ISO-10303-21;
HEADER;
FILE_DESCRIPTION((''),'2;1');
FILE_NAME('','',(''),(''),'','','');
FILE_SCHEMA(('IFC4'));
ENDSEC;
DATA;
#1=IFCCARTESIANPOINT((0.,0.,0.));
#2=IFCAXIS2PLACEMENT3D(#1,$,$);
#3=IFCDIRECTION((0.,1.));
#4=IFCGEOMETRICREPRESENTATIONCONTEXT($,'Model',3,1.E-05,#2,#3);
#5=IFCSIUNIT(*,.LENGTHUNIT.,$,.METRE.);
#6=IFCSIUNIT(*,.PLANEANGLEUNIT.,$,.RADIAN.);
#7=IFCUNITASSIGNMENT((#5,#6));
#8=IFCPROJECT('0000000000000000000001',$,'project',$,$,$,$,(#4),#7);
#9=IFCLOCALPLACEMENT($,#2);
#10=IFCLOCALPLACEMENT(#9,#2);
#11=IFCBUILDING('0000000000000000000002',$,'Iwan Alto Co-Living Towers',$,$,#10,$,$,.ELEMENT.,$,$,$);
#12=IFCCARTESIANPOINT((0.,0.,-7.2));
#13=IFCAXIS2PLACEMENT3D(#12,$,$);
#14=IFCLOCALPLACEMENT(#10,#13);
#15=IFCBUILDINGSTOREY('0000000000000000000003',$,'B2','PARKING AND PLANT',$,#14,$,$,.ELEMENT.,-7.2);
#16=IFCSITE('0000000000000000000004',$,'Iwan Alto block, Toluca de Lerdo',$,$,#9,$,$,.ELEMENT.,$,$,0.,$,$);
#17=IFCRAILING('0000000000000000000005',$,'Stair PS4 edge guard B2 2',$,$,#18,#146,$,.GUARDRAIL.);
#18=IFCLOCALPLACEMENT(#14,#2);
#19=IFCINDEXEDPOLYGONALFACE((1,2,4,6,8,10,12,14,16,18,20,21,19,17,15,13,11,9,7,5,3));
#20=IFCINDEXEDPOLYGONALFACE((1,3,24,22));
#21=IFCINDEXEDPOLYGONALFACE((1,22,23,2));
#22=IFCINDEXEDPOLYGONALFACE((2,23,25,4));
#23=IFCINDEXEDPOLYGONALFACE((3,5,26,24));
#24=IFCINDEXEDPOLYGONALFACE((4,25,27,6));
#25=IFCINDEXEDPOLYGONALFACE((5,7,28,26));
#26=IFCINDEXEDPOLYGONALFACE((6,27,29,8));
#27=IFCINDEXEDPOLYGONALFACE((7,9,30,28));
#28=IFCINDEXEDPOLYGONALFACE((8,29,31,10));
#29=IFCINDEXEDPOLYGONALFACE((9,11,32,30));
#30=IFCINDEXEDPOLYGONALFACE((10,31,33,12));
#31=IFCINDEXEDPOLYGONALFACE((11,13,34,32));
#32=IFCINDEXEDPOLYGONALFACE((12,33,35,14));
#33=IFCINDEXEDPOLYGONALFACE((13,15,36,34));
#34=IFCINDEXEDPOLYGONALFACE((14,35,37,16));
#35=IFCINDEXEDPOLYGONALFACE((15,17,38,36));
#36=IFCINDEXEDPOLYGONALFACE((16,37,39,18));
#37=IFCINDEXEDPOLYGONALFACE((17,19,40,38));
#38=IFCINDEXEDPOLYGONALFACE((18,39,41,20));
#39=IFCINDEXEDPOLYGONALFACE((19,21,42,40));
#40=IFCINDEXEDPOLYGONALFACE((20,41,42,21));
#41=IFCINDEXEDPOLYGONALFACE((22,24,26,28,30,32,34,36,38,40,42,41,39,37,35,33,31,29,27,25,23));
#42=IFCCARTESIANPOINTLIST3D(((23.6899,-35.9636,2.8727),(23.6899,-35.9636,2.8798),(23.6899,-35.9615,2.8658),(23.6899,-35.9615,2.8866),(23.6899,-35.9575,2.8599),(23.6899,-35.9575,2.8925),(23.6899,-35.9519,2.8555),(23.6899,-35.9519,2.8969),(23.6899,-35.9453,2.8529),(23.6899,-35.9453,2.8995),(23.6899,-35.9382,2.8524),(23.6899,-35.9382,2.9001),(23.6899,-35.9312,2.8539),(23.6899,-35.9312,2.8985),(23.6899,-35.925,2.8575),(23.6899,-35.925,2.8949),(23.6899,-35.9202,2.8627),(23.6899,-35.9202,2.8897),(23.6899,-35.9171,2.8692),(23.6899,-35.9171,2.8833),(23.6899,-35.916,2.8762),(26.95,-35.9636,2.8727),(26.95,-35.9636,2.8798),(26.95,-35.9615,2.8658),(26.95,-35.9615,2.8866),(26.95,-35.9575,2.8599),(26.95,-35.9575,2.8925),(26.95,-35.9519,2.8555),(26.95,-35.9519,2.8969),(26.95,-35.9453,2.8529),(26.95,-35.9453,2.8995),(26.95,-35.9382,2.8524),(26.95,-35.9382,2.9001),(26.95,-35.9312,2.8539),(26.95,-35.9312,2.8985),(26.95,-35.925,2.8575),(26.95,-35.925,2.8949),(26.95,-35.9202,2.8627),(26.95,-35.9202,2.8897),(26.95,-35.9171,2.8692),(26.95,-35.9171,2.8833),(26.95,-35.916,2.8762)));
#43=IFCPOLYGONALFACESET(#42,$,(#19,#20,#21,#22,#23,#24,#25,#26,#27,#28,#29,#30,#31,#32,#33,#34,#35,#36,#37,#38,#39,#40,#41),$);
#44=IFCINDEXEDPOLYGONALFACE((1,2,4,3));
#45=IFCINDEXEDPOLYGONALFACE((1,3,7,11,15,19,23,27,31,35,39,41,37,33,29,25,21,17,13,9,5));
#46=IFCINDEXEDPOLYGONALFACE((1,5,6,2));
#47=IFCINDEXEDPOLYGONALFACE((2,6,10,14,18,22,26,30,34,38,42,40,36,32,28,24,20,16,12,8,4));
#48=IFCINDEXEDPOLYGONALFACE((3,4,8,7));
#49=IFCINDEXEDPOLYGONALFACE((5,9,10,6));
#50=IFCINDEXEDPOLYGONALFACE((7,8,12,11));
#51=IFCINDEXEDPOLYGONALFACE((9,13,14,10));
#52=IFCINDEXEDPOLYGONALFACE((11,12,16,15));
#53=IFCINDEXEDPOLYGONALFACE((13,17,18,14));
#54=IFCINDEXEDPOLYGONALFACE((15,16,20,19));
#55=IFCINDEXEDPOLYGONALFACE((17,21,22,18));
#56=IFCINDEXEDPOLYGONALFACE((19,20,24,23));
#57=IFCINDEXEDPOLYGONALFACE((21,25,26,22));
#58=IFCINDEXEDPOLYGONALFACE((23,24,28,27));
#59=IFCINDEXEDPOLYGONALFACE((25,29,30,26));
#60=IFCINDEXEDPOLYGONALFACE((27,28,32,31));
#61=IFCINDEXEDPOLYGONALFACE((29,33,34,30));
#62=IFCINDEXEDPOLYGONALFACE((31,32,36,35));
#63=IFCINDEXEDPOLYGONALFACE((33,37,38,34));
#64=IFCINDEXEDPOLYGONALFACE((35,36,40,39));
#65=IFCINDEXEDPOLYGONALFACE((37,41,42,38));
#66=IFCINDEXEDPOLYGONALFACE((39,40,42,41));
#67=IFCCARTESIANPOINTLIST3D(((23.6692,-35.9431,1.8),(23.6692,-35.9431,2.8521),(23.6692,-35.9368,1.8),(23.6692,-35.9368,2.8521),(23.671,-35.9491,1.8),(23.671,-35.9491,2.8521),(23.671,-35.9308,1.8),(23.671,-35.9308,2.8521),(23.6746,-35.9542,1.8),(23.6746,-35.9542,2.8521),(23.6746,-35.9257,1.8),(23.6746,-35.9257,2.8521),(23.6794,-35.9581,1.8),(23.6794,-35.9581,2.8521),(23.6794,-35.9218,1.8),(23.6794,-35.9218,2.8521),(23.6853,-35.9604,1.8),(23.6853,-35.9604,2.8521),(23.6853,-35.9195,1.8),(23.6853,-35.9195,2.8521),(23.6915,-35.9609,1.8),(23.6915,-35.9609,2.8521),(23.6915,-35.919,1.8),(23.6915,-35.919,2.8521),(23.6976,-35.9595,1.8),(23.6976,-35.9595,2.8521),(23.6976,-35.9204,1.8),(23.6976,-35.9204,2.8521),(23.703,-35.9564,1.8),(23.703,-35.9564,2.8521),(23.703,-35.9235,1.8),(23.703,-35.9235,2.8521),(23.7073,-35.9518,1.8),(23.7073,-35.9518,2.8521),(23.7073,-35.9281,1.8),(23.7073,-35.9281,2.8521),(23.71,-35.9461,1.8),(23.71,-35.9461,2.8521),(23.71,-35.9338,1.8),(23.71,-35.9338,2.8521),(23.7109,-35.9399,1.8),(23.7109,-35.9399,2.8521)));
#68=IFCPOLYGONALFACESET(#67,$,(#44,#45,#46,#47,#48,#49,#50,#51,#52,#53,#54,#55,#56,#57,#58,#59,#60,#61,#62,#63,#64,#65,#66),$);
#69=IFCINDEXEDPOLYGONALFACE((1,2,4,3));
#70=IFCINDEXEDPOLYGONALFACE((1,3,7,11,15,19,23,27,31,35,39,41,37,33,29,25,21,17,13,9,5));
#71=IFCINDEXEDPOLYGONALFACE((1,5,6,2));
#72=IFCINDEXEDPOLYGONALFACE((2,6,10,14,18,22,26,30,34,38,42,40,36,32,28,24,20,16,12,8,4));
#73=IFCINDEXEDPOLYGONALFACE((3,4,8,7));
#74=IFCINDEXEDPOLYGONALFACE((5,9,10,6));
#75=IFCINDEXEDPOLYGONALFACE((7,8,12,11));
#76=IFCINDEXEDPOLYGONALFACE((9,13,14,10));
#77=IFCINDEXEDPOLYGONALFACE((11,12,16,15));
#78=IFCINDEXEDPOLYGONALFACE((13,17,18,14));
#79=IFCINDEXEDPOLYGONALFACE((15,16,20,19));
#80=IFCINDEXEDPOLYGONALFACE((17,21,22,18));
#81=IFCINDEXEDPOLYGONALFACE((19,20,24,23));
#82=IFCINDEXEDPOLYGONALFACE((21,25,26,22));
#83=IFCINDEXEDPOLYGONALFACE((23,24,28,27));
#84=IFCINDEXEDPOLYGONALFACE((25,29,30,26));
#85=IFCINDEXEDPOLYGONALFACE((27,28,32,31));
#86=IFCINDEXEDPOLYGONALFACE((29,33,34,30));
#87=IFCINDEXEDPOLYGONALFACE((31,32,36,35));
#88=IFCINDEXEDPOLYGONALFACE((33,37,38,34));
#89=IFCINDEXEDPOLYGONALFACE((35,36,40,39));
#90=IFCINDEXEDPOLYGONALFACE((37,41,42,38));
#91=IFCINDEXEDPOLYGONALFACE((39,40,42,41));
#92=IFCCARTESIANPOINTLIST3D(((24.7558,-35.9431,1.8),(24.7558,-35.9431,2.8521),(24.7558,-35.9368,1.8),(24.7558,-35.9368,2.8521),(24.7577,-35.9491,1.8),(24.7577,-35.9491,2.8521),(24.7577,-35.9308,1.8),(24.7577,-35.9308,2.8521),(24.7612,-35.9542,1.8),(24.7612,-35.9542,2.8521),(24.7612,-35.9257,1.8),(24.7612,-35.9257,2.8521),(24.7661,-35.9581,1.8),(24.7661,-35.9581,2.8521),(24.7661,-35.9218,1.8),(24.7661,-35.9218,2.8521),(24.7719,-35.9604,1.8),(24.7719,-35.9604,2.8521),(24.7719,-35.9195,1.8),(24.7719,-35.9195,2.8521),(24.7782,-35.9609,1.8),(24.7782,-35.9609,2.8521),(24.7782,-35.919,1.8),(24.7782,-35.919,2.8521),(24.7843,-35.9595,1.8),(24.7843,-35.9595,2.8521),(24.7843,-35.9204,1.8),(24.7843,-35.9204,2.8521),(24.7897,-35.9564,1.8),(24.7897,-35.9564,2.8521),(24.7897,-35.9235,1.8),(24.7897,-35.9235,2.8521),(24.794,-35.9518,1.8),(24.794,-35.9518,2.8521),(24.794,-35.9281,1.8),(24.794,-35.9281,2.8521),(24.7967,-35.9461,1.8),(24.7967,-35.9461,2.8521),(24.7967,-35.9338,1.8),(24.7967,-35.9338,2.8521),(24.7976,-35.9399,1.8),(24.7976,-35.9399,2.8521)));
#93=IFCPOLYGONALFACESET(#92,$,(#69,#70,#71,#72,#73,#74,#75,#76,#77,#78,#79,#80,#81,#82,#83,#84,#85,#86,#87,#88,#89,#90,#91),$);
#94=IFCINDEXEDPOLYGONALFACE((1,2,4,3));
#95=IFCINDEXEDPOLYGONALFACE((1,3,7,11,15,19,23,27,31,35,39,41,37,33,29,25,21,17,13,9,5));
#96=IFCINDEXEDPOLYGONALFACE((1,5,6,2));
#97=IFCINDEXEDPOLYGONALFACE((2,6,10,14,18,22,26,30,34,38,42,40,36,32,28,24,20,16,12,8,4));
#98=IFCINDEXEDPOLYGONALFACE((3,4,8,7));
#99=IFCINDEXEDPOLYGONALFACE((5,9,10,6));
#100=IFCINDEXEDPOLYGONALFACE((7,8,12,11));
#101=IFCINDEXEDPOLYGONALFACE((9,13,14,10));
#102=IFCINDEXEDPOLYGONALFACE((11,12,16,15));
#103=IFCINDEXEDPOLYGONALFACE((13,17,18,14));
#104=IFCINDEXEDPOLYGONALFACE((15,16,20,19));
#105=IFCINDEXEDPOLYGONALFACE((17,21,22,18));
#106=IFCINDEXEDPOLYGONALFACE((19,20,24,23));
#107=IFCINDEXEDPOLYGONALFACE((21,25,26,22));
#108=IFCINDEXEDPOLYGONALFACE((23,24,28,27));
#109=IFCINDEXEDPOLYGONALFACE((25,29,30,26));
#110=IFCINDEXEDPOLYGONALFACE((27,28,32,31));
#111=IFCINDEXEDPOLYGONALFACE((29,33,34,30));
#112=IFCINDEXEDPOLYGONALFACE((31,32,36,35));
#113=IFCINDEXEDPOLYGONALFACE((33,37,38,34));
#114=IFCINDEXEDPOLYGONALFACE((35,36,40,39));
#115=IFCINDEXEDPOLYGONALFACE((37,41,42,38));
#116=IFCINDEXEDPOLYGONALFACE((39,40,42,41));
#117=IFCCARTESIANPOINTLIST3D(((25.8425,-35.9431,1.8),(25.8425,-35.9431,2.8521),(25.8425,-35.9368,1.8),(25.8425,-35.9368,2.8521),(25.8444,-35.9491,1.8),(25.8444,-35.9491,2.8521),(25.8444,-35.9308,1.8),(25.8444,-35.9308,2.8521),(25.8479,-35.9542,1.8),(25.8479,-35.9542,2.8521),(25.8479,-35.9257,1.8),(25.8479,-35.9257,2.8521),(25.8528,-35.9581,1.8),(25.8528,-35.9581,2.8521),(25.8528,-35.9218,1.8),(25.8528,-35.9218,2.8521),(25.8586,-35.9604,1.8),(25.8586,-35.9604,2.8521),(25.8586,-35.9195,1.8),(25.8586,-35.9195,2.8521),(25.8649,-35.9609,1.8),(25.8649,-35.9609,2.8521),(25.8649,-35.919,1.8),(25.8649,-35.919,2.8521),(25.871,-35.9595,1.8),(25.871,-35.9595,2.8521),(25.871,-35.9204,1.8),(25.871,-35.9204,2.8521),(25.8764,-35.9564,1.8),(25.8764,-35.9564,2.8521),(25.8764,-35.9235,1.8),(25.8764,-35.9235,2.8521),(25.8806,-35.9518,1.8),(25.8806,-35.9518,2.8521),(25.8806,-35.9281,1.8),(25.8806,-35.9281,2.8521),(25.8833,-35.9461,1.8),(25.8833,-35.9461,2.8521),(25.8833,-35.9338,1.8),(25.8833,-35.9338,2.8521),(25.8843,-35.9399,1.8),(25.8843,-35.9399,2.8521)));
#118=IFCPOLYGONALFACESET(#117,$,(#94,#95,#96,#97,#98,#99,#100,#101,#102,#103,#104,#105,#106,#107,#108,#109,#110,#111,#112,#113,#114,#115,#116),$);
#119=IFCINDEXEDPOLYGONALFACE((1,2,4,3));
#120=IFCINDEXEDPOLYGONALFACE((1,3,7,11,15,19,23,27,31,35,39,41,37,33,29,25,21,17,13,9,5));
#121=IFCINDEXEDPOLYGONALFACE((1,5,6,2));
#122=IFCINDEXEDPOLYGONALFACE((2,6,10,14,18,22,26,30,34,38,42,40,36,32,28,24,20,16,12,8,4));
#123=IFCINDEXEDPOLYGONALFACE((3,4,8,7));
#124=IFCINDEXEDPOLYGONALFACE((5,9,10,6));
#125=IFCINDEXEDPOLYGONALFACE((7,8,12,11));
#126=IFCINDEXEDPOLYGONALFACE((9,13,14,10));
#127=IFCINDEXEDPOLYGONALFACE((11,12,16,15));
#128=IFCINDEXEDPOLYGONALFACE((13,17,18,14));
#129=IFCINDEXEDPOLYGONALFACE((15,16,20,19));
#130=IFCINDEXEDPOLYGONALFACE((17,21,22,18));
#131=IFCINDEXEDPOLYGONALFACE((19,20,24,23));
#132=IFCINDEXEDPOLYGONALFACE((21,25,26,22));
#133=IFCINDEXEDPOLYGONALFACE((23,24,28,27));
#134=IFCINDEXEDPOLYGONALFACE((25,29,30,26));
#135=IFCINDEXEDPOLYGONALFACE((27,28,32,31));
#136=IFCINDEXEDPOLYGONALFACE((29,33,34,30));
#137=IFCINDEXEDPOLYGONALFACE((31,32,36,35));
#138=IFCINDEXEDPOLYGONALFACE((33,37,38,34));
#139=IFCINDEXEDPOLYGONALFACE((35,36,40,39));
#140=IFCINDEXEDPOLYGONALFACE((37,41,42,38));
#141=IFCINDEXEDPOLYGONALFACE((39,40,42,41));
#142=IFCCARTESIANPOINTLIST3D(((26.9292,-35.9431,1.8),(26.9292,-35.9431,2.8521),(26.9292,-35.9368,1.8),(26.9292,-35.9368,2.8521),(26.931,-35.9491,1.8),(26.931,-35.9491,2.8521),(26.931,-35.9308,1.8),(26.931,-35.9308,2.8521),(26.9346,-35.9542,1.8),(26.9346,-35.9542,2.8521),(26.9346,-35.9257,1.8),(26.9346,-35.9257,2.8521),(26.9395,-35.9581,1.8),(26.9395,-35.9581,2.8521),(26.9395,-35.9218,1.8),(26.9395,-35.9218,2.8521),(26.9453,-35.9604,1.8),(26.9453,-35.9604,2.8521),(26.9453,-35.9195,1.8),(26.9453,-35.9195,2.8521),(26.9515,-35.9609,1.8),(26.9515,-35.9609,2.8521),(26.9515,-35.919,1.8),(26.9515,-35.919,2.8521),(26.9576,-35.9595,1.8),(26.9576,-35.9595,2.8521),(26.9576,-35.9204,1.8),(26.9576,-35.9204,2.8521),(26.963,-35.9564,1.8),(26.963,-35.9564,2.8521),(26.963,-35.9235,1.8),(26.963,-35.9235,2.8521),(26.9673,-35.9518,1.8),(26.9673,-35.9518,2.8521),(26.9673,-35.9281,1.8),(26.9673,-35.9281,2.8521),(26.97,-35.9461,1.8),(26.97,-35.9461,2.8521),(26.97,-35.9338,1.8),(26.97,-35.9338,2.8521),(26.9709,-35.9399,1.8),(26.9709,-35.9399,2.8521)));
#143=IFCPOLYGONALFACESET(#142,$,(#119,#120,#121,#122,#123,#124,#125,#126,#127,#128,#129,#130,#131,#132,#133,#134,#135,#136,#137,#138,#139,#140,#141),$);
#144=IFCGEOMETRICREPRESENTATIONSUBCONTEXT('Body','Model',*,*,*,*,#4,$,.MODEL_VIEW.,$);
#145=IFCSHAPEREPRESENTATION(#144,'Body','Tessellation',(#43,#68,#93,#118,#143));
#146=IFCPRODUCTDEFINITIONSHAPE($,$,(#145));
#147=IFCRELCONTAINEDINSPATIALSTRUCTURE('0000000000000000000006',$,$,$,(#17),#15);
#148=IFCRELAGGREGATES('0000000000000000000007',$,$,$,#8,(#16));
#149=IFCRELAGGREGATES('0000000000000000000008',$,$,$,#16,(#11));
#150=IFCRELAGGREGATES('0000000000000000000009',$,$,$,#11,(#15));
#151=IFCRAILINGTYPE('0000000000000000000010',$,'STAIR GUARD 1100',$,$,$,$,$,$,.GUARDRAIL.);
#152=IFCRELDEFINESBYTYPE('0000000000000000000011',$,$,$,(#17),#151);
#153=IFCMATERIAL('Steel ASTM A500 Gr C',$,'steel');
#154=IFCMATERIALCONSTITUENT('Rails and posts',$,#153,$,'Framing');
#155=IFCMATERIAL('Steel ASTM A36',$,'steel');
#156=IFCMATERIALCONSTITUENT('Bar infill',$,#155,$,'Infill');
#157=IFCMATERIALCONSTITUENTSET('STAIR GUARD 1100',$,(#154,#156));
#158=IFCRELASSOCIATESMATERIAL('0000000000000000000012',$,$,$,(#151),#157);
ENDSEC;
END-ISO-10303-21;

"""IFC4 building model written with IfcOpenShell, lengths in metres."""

from ifc_helpers import new_model, si_unit, direction, frame, origin, origin_2d, place, context, subcontext, project, spatial, circle, extrude, material, constituent, constituent_set, type_object, element, save


model = new_model("IFC4")

# Units and contexts
model_context = context("Model", 3, precision=1e-05, world=origin(), true_north=direction((0.0, 1.0)))
body_context = subcontext(model_context, "Body", "Model", "MODEL_VIEW")
ifc_project = project(units=[si_unit("LENGTHUNIT", "METRE"), si_unit("PLANEANGLEUNIT", "RADIAN")], contexts=[model_context])

# Site, building, storey
site_placement = place(None, origin())
site = spatial("IfcSite", under=ifc_project, at=site_placement, Name="Iwan Alto block, Toluca de Lerdo", CompositionType="ELEMENT", RefElevation=0.0)
building_placement = place(site_placement, origin())
building = spatial("IfcBuilding", under=site, at=building_placement, Name="Iwan Alto Co-Living Towers", CompositionType="ELEMENT")
storey_placement = place(building_placement, frame((0.0, 0.0, -7.2)))
storey = spatial("IfcBuildingStorey", under=building, at=storey_placement, Name="B2", Description="PARKING AND PLANT", CompositionType="ELEMENT", Elevation=-7.2)

# Shared definitions
ifc_material_1 = material(Name="Steel ASTM A36", Category="steel")

# Railing
ifc_material_2 = material(Name="Steel ASTM A500 Gr C", Category="steel")
ifc_constituent_1 = constituent(ifc_material_2, Name="Rails and posts", Category="Framing")
ifc_constituent_2 = constituent(ifc_material_1, Name="Bar infill", Category="Infill")
ifc_constituent_set_1 = constituent_set(constituents=[ifc_constituent_1, ifc_constituent_2], Name="STAIR GUARD 1100")
railing_type_1 = type_object("IfcRailingType", Name="STAIR GUARD 1100", PredefinedType="GUARDRAIL", material=ifc_constituent_set_1)
railing_1_placement = place(storey_placement, frame((23.6899, -35.9399, 1.8)))
element("IfcRailing", 1, at=railing_1_placement, inside=storey, type_object=railing_type_1, Name="Stair PS4 edge guard B2 2", PredefinedType="GUARDRAIL", context=body_context, shape_type="SweptSolid", body=[
    extrude(circle(Radius=0.0239, at=origin_2d()), frame((0.0, 0.0, 1.0762), z_axis=(1.0, 0.0, 0.0), x_axis=(0.0, 1.0, 0.0)), (0.0, 0.0, 1.0), 3.26),
    extrude(circle(Radius=0.021, at=origin_2d()), origin(), (0.0, 0.0, 1.0), 1.052),
    extrude(circle(Radius=0.021, at=origin_2d()), frame((1.0867, 0.0, 0.0)), (0.0, 0.0, 1.0), 1.052),
    extrude(circle(Radius=0.021, at=origin_2d()), frame((2.1733, 0.0, 0.0)), (0.0, 0.0, 1.0), 1.052),
    extrude(circle(Radius=0.021, at=origin_2d()), frame((3.26, 0.0, 0.0)), (0.0, 0.0, 1.0), 1.052),
])

save(model, "model.ifc")
